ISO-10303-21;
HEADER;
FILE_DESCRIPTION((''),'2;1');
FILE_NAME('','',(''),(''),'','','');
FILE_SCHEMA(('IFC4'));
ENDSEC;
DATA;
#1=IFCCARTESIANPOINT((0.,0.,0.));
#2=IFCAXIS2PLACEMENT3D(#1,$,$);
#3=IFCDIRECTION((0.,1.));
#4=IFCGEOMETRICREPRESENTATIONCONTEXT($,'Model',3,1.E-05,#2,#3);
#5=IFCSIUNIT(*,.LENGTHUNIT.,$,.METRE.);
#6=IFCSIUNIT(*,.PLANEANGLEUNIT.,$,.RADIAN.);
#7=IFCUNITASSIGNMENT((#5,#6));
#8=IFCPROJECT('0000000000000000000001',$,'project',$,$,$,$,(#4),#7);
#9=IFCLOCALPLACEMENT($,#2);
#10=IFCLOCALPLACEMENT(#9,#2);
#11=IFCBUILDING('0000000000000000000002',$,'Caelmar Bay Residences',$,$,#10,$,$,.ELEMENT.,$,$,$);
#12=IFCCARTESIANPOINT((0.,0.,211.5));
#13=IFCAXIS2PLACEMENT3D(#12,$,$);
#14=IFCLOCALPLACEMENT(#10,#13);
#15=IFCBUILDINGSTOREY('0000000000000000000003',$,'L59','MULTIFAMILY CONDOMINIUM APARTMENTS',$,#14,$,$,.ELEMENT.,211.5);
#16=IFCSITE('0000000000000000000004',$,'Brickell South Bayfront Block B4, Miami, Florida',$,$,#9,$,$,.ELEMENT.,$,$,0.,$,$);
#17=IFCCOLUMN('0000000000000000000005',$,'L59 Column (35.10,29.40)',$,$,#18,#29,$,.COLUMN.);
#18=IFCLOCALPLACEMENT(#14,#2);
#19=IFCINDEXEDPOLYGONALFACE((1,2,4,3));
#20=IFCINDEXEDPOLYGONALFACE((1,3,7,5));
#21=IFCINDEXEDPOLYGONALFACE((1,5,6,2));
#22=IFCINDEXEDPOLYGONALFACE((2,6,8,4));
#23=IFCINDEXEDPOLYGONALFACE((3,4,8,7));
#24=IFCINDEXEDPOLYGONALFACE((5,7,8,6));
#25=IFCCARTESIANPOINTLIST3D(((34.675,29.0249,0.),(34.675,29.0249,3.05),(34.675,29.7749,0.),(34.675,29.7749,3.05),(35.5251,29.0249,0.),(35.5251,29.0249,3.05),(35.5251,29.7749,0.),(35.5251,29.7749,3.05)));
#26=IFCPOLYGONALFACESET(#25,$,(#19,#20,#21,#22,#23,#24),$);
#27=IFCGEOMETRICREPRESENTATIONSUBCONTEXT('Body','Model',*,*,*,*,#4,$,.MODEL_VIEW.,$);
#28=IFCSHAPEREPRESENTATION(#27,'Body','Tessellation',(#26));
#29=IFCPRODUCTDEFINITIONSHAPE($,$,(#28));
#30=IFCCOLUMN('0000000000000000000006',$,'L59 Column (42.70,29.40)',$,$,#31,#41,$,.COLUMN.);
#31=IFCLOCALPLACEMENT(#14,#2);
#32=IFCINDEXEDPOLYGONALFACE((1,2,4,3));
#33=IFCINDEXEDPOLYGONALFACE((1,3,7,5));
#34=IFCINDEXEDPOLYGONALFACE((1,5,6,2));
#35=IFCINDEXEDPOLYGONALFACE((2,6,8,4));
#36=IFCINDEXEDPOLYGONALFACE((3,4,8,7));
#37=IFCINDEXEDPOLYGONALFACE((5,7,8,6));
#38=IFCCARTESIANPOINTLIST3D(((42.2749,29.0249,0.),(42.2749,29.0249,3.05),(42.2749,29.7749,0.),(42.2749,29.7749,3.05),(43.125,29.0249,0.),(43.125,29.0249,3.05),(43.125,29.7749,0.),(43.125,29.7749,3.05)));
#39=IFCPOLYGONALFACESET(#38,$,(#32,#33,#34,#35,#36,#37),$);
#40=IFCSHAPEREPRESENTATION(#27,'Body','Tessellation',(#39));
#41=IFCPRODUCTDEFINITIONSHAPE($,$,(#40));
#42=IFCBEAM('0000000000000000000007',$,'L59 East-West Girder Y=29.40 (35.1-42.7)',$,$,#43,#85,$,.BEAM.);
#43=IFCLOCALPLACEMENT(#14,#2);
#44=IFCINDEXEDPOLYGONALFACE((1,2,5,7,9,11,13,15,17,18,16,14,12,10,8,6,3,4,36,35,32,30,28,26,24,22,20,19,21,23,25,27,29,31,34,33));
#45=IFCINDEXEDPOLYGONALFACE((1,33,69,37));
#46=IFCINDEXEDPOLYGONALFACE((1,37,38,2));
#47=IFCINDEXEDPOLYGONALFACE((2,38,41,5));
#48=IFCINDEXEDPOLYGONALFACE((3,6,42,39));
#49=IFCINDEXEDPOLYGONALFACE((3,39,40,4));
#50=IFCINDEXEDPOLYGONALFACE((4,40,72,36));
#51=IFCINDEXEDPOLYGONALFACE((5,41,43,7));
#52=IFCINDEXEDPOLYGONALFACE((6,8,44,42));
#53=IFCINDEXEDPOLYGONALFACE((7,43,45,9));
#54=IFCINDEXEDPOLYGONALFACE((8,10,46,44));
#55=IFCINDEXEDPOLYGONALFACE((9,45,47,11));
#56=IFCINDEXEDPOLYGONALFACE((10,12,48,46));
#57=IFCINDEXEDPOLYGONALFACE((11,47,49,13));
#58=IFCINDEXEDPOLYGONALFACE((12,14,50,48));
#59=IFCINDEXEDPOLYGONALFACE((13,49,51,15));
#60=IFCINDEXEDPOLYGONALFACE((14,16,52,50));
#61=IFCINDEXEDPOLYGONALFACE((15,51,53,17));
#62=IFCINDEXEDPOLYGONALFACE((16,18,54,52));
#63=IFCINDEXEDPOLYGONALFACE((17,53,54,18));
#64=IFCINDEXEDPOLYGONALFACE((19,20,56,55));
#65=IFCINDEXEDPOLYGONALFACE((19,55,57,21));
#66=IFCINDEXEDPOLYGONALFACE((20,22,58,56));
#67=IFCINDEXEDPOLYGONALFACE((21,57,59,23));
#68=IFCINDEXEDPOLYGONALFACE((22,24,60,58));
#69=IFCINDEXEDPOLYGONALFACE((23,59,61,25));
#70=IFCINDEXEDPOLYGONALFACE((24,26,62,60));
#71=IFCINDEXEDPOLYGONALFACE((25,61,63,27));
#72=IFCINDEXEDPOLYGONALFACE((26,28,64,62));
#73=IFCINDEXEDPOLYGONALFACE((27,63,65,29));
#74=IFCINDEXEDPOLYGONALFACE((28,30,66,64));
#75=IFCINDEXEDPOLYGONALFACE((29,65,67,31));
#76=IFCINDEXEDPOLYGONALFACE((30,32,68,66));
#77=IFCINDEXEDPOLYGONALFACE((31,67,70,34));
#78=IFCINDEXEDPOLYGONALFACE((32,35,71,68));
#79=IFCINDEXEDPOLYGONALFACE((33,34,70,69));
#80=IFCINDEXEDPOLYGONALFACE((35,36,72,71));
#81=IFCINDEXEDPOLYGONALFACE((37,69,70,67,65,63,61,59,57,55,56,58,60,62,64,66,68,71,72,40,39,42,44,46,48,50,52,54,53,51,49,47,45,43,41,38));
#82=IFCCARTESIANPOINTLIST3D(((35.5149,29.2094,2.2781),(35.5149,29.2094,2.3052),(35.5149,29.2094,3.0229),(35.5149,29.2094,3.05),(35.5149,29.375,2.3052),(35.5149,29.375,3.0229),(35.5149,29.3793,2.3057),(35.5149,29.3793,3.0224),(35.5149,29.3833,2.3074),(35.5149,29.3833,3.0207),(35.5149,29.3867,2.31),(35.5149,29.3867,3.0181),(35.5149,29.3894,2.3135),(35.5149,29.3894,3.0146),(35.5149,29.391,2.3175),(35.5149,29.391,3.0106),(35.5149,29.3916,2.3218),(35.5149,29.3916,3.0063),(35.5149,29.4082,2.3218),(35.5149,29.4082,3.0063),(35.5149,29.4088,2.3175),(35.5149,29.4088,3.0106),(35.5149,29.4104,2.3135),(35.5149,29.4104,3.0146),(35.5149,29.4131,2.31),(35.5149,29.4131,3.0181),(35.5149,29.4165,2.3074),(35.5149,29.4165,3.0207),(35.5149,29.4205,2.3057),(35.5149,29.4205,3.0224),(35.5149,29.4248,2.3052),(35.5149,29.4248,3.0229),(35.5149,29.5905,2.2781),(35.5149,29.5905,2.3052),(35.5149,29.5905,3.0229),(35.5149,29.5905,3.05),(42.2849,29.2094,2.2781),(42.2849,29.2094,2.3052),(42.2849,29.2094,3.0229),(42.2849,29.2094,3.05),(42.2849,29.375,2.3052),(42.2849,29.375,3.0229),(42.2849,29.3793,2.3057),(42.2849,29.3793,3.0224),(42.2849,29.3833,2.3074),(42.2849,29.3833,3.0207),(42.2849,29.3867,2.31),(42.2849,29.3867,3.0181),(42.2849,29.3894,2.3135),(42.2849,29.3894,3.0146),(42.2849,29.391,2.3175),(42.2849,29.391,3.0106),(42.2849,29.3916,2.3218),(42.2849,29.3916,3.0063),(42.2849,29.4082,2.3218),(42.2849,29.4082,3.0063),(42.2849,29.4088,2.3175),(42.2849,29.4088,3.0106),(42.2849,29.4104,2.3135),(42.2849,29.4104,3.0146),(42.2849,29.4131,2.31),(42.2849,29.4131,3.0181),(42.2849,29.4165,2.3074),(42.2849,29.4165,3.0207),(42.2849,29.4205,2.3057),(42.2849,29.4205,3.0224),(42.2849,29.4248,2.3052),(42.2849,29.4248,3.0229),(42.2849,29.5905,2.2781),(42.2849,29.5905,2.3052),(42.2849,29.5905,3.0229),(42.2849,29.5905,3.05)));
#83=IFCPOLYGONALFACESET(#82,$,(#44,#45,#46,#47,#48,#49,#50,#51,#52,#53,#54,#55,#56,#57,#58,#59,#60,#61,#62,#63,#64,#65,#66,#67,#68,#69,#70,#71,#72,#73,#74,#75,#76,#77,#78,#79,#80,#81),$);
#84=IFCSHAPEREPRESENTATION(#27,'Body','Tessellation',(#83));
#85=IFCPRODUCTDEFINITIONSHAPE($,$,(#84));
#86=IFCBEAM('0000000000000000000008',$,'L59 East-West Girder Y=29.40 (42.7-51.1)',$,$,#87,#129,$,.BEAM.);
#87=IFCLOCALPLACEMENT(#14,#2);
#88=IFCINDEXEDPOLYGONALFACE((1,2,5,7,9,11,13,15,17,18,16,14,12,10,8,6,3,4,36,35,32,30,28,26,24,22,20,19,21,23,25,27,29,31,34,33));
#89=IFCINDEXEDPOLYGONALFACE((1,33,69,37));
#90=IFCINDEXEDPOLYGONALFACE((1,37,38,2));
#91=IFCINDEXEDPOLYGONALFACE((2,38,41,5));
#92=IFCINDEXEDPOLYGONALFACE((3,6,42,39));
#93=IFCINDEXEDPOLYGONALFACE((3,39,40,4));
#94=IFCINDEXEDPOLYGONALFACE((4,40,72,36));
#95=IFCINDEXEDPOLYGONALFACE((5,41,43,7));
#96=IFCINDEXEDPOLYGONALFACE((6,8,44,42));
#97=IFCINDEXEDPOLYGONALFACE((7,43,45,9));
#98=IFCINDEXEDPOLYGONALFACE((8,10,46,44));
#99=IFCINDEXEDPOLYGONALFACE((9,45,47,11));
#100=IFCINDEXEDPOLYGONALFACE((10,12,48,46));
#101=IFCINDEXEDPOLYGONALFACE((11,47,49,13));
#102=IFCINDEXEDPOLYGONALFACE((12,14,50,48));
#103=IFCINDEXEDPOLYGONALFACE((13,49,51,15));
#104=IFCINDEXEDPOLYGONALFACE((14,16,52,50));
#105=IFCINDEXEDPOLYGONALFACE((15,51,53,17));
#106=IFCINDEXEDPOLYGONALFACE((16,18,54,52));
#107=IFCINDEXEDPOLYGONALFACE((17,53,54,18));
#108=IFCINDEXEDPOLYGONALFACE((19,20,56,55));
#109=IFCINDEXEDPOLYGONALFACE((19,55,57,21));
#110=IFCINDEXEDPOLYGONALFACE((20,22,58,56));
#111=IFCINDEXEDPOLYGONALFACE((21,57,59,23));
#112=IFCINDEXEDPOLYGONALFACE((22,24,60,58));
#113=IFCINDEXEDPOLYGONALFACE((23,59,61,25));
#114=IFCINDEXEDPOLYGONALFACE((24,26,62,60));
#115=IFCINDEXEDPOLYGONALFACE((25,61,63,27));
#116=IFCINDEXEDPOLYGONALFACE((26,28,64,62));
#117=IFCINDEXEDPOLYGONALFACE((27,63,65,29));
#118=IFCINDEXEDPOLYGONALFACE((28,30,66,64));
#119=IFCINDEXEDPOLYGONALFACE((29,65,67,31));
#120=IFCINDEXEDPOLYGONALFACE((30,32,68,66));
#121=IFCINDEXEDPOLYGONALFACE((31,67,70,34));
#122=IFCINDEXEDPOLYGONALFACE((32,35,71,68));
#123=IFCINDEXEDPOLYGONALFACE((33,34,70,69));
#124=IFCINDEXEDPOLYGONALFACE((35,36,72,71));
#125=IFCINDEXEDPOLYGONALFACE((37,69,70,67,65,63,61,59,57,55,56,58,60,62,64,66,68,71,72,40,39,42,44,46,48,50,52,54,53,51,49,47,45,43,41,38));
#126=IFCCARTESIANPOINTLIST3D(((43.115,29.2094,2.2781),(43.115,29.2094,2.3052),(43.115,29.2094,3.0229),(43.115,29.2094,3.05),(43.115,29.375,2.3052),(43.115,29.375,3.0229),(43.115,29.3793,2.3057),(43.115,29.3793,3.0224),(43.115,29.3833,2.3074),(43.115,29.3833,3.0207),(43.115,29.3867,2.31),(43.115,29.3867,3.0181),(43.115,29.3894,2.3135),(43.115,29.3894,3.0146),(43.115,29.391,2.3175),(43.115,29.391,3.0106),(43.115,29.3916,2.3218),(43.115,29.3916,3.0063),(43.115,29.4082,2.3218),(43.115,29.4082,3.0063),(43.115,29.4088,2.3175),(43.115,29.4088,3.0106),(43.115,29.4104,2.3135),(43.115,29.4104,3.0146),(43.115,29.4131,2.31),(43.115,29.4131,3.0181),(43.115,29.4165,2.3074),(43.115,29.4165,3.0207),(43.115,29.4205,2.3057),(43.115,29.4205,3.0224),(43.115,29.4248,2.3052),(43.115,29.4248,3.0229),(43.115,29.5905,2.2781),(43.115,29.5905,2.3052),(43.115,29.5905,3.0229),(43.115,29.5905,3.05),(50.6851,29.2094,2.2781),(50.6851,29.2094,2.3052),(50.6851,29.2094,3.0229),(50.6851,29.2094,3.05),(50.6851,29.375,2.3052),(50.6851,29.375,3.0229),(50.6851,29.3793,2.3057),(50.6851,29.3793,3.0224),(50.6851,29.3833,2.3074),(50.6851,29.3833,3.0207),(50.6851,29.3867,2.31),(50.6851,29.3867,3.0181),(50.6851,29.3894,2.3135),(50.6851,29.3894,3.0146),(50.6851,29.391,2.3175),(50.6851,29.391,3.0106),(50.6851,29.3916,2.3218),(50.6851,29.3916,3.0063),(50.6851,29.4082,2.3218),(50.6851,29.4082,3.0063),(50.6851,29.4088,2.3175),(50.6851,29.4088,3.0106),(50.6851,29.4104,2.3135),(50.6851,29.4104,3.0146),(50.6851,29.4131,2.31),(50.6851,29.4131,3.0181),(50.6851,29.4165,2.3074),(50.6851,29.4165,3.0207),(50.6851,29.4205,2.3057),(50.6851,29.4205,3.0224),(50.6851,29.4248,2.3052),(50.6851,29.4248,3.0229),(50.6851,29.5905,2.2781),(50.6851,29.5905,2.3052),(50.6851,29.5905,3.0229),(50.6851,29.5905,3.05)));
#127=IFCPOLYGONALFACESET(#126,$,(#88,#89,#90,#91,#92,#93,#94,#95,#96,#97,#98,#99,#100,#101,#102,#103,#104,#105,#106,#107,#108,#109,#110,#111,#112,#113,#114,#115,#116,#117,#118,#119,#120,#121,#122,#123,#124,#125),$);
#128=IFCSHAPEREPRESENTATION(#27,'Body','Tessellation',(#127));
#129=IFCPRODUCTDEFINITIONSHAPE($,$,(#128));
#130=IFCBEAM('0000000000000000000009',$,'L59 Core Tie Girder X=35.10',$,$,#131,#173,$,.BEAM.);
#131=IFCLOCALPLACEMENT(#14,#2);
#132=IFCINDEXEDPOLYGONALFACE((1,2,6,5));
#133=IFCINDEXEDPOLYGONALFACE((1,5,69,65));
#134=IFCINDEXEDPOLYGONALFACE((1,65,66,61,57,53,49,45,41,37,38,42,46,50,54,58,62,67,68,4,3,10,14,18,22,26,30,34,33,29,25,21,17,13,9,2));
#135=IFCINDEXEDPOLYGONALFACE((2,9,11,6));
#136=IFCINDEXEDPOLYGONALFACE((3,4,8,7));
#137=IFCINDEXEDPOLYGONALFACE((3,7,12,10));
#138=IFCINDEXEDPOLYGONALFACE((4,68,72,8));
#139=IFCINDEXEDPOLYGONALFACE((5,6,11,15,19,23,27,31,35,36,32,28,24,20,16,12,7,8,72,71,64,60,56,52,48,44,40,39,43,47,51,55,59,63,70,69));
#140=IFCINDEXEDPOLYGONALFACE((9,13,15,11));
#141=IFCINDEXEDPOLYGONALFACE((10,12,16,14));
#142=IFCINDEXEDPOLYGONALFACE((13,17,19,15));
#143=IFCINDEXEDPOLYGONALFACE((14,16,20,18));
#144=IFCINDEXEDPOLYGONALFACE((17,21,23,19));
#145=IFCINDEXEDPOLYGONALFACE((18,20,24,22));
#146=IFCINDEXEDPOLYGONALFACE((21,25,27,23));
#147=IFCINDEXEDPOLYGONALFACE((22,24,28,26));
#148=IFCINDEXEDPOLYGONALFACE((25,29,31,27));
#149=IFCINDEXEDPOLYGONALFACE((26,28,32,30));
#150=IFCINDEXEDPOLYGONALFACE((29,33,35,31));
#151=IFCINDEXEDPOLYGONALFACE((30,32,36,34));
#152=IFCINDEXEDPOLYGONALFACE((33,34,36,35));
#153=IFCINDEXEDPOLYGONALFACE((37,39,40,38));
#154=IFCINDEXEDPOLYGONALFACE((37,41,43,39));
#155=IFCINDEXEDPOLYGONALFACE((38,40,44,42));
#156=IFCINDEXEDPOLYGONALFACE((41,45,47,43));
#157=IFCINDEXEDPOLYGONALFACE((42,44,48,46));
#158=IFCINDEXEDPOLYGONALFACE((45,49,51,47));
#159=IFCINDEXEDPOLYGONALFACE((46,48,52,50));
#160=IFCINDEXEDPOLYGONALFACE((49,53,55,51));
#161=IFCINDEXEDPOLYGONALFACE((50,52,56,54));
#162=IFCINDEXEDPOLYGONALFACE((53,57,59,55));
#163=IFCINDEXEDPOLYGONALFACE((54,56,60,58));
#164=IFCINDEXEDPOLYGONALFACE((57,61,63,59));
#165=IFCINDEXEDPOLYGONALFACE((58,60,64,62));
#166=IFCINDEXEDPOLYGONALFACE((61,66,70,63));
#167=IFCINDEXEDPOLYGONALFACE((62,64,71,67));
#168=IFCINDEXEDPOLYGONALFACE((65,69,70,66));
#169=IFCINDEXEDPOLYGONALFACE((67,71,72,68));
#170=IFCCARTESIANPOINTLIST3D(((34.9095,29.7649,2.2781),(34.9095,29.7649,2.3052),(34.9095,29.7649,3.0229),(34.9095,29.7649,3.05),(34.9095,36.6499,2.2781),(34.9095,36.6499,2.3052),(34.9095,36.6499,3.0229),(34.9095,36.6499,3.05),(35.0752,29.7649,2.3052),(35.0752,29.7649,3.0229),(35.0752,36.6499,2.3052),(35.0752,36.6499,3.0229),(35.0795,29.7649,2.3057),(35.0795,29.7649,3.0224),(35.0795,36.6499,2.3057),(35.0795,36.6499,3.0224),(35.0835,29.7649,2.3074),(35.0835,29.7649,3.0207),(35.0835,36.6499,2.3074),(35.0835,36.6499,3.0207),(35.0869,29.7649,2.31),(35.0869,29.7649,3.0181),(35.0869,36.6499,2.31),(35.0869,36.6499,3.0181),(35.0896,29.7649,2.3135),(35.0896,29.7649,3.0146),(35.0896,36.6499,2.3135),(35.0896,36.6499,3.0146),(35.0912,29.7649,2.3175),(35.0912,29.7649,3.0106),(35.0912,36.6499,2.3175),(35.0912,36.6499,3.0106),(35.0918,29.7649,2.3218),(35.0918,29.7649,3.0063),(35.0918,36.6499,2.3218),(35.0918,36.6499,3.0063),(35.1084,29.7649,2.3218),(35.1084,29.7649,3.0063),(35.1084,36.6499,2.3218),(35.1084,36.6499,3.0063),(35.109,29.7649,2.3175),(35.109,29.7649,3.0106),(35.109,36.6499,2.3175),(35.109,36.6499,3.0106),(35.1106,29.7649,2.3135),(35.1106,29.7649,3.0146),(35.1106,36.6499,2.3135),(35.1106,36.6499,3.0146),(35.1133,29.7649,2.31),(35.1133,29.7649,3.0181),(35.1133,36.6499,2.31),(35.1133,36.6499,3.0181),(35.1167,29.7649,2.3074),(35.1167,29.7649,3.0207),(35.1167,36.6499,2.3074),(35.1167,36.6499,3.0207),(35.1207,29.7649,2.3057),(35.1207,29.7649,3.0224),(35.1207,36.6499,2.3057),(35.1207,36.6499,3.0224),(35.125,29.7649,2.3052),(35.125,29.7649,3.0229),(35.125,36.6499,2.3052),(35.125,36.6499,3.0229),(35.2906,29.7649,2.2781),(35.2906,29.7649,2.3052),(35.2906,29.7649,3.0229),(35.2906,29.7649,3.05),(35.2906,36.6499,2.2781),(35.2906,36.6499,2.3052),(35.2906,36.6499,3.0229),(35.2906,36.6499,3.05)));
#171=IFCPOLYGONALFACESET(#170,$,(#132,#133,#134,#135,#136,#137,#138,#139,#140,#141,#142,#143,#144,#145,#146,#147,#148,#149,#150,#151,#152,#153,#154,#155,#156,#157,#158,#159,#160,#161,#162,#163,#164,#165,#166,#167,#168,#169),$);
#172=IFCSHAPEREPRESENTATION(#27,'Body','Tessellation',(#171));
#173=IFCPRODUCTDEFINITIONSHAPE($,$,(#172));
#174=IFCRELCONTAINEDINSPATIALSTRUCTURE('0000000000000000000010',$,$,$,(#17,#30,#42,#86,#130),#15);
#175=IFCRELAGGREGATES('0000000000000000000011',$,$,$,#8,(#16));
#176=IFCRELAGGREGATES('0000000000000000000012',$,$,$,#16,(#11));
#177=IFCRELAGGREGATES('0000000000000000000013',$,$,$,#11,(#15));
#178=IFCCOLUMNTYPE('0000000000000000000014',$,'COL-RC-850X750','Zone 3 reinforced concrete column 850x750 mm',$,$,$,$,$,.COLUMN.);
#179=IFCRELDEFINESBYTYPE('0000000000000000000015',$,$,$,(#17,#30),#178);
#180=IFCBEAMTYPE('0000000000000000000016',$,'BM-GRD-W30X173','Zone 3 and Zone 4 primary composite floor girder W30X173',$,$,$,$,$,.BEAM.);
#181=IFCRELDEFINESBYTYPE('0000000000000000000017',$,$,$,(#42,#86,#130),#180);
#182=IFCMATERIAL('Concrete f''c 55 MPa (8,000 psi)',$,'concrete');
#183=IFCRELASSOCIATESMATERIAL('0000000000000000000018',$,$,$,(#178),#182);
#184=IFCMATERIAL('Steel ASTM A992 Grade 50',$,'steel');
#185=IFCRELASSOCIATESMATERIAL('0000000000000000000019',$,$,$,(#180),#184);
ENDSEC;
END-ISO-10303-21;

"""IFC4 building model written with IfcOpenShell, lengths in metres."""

from ifc_helpers import new_model, si_unit, direction, frame, origin, origin_2d, place, context, subcontext, project, spatial, rectangle, i_section, extrude, material, material_profile, profile_set, type_object, element, save


model = new_model("IFC4")

# Units and contexts
model_context = context("Model", 3, precision=1e-05, world=origin(), true_north=direction((0.0, 1.0)))
body_context = subcontext(model_context, "Body", "Model", "MODEL_VIEW")
ifc_project = project(units=[si_unit("LENGTHUNIT", "METRE"), si_unit("PLANEANGLEUNIT", "RADIAN")], contexts=[model_context])

# Site, building, storey
site_placement = place(None, origin())
site = spatial("IfcSite", under=ifc_project, at=site_placement, Name="Brickell South Bayfront Block B4, Miami, Florida", CompositionType="ELEMENT", RefElevation=0.0)
building_placement = place(site_placement, origin())
building = spatial("IfcBuilding", under=site, at=building_placement, Name="Caelmar Bay Residences", CompositionType="ELEMENT")
storey_placement = place(building_placement, frame((0.0, 0.0, 211.5)))
storey = spatial("IfcBuildingStorey", under=building, at=storey_placement, Name="L59", Description="MULTIFAMILY CONDOMINIUM APARTMENTS", CompositionType="ELEMENT", Elevation=211.5)

# Columns
ifc_material_1 = material(Name="Concrete f'c 55 MPa (8,000 psi)", Category="concrete")
ifc_material_profile_1 = material_profile(ifc_material_1, rectangle(XDim=0.8501, YDim=0.75, at=origin_2d()), Name="RC-COL-850X750")
ifc_profile_set_1 = profile_set([ifc_material_profile_1], Name="Concrete f'c 55 MPa (8,000 psi)")
column_type = type_object("IfcColumnType", Name="COL-RC-850X750", Description="Zone 3 reinforced concrete column 850x750 mm", PredefinedType="COLUMN", material=ifc_profile_set_1)
for number, where, z_axis, x_axis, name in (
    (1, (35.1001, 29.3999, 0.0), (0.0, 0.0, 1.0), (1.0, 0.0, 0.0), "L59 Column (35.10,29.40)"),
    (2, (42.7, 29.3999, 0.0), (0.0, 0.0, 1.0), (1.0, 0.0, 0.0), "L59 Column (42.70,29.40)"),
):
    element("IfcColumn", number, at=place(storey_placement, frame(where, z_axis=z_axis, x_axis=x_axis)), inside=storey, type_object=column_type, Name=name, PredefinedType="COLUMN", context=body_context, shape_type="SweptSolid", body=[
        extrude(rectangle(XDim=0.8501, YDim=0.75, at=origin_2d()), origin(), (0.0, 0.0, 1.0), 3.05),
    ])

# Beams
ifc_material_2 = material(Name="Steel ASTM A992 Grade 50", Category="steel")
ifc_material_profile_2 = material_profile(ifc_material_2, i_section(OverallWidth=0.3811, OverallDepth=0.772, WebThickness=0.0166, FlangeThickness=0.0271, FilletRadius=0.0166, at=origin_2d()), Name="W30X173")
ifc_profile_set_2 = profile_set([ifc_material_profile_2], Name="Steel ASTM A992 Grade 50")
beam_type_1 = type_object("IfcBeamType", Name="BM-GRD-W30X173", Description="Zone 3 and Zone 4 primary composite floor girder W30X173", PredefinedType="BEAM", material=ifc_profile_set_2)
beam_1_placement = place(storey_placement, frame((35.5149, 29.3999, 2.6641), z_axis=(1.0, 0.0, 0.0), x_axis=(0.0, 1.0, 0.0)))
element("IfcBeam", 3, at=beam_1_placement, inside=storey, type_object=beam_type_1, Name="L59 East-West Girder Y=29.40 (35.1-42.7)", PredefinedType="BEAM", context=body_context, shape_type="SweptSolid", body=[
    extrude(i_section(OverallWidth=0.3811, OverallDepth=0.772, WebThickness=0.0166, FlangeThickness=0.0271, FilletRadius=0.0166, at=origin_2d()), origin(), (0.0, 0.0, 1.0), 6.77),
])
beam_2_placement = place(storey_placement, frame((43.115, 29.3999, 2.6641), z_axis=(1.0, 0.0, 0.0), x_axis=(0.0, 1.0, 0.0)))
element("IfcBeam", 4, at=beam_2_placement, inside=storey, type_object=beam_type_1, Name="L59 East-West Girder Y=29.40 (42.7-51.1)", PredefinedType="BEAM", context=body_context, shape_type="SweptSolid", body=[
    extrude(i_section(OverallWidth=0.3811, OverallDepth=0.772, WebThickness=0.0166, FlangeThickness=0.0271, FilletRadius=0.0166, at=origin_2d()), origin(), (0.0, 0.0, 1.0), 7.5701),
])
beam_3_placement = place(storey_placement, frame((35.1001, 29.7649, 2.6641), z_axis=(0.0, 1.0, 0.0), x_axis=(-1.0, 0.0, 0.0)))
element("IfcBeam", 5, at=beam_3_placement, inside=storey, type_object=beam_type_1, Name="L59 Core Tie Girder X=35.10", PredefinedType="BEAM", context=body_context, shape_type="SweptSolid", body=[
    extrude(i_section(OverallWidth=0.3811, OverallDepth=0.772, WebThickness=0.0166, FlangeThickness=0.0271, FilletRadius=0.0166, at=origin_2d()), origin(), (0.0, 0.0, 1.0), 6.885),
])

save(model, "model.ifc")
